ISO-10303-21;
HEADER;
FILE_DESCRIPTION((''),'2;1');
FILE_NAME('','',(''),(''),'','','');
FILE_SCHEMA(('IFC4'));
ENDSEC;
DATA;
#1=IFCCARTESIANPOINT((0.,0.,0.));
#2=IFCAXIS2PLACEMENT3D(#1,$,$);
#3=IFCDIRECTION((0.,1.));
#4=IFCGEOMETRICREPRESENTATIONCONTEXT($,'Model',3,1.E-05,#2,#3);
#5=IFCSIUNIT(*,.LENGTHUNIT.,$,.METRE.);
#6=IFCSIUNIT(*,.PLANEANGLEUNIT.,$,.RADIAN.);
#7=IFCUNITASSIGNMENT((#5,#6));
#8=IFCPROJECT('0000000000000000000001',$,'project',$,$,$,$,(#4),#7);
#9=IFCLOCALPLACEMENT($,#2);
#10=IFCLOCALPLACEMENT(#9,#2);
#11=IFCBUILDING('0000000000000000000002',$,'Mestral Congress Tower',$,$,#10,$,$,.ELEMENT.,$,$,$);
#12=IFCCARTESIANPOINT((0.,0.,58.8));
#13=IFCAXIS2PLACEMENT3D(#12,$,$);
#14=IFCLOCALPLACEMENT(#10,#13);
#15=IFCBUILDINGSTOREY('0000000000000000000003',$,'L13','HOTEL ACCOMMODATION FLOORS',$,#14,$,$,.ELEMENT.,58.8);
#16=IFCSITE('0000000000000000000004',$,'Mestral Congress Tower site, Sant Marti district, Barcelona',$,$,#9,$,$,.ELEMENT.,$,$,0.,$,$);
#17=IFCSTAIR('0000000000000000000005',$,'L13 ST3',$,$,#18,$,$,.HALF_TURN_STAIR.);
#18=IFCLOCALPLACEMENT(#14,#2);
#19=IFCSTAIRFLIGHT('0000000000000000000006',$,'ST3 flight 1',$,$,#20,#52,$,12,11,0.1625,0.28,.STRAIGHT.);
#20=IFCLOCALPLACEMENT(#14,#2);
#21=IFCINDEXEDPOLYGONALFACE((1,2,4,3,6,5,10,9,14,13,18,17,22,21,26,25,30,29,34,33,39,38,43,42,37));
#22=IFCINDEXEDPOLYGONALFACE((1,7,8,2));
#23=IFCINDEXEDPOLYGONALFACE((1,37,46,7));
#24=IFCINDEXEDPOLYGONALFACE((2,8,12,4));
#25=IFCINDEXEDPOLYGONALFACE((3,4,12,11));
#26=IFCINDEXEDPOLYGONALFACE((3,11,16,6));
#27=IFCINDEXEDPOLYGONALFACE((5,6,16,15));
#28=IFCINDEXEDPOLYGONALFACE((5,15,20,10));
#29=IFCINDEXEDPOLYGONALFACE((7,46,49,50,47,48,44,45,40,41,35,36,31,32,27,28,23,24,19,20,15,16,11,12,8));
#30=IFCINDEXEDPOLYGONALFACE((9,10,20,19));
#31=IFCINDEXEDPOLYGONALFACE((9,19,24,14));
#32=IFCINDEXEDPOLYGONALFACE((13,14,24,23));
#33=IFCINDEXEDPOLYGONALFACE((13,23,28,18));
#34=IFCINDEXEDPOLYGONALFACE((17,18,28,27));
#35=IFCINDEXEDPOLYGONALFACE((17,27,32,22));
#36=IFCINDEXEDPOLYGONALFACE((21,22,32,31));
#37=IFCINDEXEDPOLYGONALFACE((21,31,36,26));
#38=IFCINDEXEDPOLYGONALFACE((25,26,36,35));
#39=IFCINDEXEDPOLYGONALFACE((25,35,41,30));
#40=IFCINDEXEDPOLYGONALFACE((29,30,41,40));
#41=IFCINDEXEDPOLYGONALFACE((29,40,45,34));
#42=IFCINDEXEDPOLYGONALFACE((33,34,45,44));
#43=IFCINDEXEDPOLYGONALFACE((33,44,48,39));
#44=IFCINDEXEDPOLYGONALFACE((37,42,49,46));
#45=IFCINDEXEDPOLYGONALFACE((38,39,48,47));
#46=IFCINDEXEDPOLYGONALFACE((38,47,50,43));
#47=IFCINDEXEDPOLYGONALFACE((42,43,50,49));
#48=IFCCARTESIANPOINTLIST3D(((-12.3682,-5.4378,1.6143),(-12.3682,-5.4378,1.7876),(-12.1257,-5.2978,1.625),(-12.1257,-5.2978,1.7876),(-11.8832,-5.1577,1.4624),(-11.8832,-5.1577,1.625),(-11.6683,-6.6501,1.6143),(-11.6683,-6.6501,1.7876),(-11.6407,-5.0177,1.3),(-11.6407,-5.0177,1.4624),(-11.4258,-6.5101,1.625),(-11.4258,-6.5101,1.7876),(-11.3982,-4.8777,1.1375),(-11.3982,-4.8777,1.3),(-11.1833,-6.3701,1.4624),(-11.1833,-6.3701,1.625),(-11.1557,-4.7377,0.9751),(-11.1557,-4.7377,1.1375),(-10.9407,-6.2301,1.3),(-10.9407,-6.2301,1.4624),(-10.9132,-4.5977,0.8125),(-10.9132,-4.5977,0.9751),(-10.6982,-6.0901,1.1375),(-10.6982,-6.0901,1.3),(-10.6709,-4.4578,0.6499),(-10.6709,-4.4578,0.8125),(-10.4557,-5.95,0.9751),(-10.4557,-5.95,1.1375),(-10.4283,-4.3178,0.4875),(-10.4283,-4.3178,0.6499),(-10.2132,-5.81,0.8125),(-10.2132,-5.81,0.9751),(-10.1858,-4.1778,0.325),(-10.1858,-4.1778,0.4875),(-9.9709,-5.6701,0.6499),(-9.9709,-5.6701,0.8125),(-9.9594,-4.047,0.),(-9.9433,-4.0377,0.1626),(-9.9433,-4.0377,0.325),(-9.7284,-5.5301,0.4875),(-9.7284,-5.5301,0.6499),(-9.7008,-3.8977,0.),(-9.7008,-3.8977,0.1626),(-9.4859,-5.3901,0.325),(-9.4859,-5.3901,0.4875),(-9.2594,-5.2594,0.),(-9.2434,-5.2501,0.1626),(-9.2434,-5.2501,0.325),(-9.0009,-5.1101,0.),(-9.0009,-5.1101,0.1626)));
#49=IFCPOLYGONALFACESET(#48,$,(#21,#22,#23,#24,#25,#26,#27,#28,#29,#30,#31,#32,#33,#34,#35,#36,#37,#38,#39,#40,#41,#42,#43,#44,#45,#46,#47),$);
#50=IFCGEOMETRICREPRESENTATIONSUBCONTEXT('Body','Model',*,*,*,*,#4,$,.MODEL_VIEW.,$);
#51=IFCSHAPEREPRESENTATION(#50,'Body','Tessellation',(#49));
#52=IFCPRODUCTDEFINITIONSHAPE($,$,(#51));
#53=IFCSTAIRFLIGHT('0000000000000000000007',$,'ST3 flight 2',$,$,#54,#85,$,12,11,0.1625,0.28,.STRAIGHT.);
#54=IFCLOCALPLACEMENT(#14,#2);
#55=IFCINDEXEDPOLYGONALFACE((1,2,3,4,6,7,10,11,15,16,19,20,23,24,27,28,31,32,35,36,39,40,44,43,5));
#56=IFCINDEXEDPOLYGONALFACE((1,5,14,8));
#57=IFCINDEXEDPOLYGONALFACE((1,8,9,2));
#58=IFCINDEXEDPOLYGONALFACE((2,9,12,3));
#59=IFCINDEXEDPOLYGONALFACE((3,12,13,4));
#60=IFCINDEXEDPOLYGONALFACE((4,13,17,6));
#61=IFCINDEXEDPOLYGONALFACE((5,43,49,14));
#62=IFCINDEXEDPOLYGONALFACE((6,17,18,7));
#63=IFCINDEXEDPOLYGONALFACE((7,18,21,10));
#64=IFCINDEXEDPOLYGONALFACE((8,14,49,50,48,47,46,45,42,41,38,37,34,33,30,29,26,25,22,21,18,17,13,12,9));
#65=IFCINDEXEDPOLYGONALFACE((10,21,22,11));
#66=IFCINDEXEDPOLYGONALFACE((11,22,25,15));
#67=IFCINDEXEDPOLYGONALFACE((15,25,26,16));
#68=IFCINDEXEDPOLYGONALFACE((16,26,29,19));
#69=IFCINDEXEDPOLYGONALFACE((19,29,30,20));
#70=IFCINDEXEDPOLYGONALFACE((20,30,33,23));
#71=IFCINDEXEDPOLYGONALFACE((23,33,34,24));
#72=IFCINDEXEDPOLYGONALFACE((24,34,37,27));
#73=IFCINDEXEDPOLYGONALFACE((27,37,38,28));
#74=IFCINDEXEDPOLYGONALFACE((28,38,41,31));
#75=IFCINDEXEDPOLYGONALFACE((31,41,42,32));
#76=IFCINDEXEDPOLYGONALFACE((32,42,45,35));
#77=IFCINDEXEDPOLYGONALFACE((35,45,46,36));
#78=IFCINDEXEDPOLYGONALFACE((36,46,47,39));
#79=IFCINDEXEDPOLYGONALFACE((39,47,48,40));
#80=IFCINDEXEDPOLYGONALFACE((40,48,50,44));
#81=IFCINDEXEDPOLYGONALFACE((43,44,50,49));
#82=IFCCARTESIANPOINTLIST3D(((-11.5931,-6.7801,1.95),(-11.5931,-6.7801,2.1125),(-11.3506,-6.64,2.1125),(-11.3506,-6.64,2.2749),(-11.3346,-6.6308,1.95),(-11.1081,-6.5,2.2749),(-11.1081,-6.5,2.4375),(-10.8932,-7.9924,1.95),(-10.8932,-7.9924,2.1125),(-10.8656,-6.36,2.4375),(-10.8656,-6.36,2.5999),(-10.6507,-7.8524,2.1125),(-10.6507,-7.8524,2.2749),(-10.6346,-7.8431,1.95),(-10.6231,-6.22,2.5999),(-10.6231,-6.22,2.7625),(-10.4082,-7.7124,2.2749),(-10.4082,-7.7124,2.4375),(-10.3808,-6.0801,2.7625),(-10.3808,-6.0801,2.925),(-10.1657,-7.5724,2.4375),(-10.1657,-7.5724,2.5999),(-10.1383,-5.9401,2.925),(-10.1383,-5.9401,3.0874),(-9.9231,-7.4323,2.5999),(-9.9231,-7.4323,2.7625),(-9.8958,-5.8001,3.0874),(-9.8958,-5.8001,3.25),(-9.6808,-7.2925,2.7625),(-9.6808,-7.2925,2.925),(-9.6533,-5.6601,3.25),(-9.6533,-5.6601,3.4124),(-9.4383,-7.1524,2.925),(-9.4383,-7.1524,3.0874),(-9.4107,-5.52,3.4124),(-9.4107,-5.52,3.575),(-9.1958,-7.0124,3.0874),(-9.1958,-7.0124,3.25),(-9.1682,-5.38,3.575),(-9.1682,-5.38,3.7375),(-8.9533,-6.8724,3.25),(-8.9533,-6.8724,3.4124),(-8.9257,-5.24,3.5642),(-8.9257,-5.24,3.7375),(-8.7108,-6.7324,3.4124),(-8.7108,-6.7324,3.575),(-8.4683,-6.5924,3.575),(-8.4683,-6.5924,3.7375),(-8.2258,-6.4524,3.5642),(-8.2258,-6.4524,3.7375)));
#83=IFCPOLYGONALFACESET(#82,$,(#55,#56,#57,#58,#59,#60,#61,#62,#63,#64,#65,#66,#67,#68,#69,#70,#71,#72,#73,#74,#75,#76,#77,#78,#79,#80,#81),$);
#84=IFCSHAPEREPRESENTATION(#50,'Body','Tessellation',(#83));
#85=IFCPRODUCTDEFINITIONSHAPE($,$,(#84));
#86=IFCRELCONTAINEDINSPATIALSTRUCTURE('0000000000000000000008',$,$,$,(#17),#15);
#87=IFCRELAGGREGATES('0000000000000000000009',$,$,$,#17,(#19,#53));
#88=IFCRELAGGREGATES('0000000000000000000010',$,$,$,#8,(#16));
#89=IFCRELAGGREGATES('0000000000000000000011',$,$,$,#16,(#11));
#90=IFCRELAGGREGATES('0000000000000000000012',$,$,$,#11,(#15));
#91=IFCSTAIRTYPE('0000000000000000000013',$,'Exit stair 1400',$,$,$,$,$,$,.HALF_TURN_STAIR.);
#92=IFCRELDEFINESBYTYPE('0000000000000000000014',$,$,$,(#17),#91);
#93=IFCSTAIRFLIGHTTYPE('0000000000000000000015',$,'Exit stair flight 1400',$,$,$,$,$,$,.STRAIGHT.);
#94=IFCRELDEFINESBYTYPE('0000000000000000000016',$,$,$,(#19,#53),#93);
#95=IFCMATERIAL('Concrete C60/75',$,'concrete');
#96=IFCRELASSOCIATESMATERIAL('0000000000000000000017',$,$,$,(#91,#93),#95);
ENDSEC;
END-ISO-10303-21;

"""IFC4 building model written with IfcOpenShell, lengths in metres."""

from ifc_helpers import new_model, si_unit, direction, frame, origin, place, context, subcontext, project, spatial, polyline, outline, extrude, material, type_object, element, aggregate, save


model = new_model("IFC4")

# Units and contexts
model_context = context("Model", 3, precision=1e-05, world=origin(), true_north=direction((0.0, 1.0)))
body_context = subcontext(model_context, "Body", "Model", "MODEL_VIEW")
ifc_project = project(units=[si_unit("LENGTHUNIT", "METRE"), si_unit("PLANEANGLEUNIT", "RADIAN")], contexts=[model_context])

# Site, building, storey
site_placement = place(None, origin())
site = spatial("IfcSite", under=ifc_project, at=site_placement, Name="Mestral Congress Tower site, Sant Marti district, Barcelona", CompositionType="ELEMENT", RefElevation=0.0)
building_placement = place(site_placement, origin())
building = spatial("IfcBuilding", under=site, at=building_placement, Name="Mestral Congress Tower", CompositionType="ELEMENT")
storey_placement = place(building_placement, frame((0.0, 0.0, 58.8)))
storey = spatial("IfcBuildingStorey", under=building, at=storey_placement, Name="L13", Description="HOTEL ACCOMMODATION FLOORS", CompositionType="ELEMENT", Elevation=58.8)

# Shared definitions
ifc_material_1 = material(Name="Concrete C60/75", Category="concrete")

# Stair, stair flights
stair_type = type_object("IfcStairType", Name="Exit stair 1400", PredefinedType="HALF_TURN_STAIR", material=ifc_material_1)
stair_placement = place(storey_placement, origin())
stair = element("IfcStair", 1, at=stair_placement, inside=storey, type_object=stair_type, Name="L13 ST3", PredefinedType="HALF_TURN_STAIR")
stair_flight_type = type_object("IfcStairFlightType", Name="Exit stair flight 1400", PredefinedType="STRAIGHT", material=ifc_material_1)
stair_flight_1_placement = place(storey_placement, frame((-9.3508, -4.5039, 0.0), z_axis=(0.0, 0.0, 1.0), x_axis=(-0.866025, -0.5, 0.0)))
stair_flight_1 = element("IfcStairFlight", 2, at=stair_flight_1_placement, type_object=stair_flight_type, Name="ST3 flight 1", NumberOfRisers=12, NumberOfTreads=11, PredefinedType="STRAIGHT", RiserHeight=0.1625, TreadLength=0.28, context=body_context, shape_type="SweptSolid", body=[
    extrude(outline(polyline([(0.0, 0.0), (0.0, 0.1626), (0.28, 0.1626), (0.28, 0.325), (0.5601, 0.325), (0.5601, 0.4875), (0.8401, 0.4875), (0.8401, 0.6499), (1.1201, 0.6499), (1.1201, 0.8125), (1.3999, 0.8125), (1.3999, 0.9751), (1.6799, 0.9751), (1.6799, 1.1375), (1.96, 1.1375), (1.96, 1.3), (2.24, 1.3), (2.24, 1.4624), (2.52, 1.4624), (2.52, 1.625), (2.8, 1.625), (2.8, 1.7876), (3.0801, 1.7876), (3.0801, 1.95), (3.0801, 1.6143), (0.2986, 0.0), (0.0, 0.0)])), frame((0.0, 0.7, 0.0), z_axis=(0.0, -1.0, 0.0), x_axis=(1.0, 0.0, 0.0)), (0.0, 0.0, 1.0), 1.3999),
])
stair_flight_2_placement = place(storey_placement, frame((-11.2432, -7.3862, 1.95), z_axis=(0.0, 0.0, 1.0), x_axis=(0.866025, 0.5, 0.0)))
stair_flight_2 = element("IfcStairFlight", 3, at=stair_flight_2_placement, type_object=stair_flight_type, Name="ST3 flight 2", NumberOfRisers=12, NumberOfTreads=11, PredefinedType="STRAIGHT", RiserHeight=0.1625, TreadLength=0.28, context=body_context, shape_type="SweptSolid", body=[
    extrude(outline(polyline([(0.0, 0.0), (0.0, 0.1626), (0.28, 0.1626), (0.28, 0.325), (0.5601, 0.325), (0.5601, 0.4875), (0.8401, 0.4875), (0.8401, 0.6499), (1.1201, 0.6499), (1.1201, 0.8125), (1.3999, 0.8125), (1.3999, 0.9751), (1.6799, 0.9751), (1.6799, 1.1375), (1.96, 1.1375), (1.96, 1.3), (2.24, 1.3), (2.24, 1.4624), (2.52, 1.4624), (2.52, 1.625), (2.8, 1.625), (2.8, 1.7876), (3.0801, 1.7876), (3.0801, 1.95), (3.0801, 1.6143), (0.2986, 0.0), (0.0, 0.0)])), frame((0.0, 0.7, 0.0), z_axis=(0.0, -1.0, 0.0), x_axis=(1.0, 0.0, 0.0)), (0.0, 0.0, 1.0), 1.3999),
])
aggregate(stair, [stair_flight_1, stair_flight_2])

save(model, "model.ifc")
